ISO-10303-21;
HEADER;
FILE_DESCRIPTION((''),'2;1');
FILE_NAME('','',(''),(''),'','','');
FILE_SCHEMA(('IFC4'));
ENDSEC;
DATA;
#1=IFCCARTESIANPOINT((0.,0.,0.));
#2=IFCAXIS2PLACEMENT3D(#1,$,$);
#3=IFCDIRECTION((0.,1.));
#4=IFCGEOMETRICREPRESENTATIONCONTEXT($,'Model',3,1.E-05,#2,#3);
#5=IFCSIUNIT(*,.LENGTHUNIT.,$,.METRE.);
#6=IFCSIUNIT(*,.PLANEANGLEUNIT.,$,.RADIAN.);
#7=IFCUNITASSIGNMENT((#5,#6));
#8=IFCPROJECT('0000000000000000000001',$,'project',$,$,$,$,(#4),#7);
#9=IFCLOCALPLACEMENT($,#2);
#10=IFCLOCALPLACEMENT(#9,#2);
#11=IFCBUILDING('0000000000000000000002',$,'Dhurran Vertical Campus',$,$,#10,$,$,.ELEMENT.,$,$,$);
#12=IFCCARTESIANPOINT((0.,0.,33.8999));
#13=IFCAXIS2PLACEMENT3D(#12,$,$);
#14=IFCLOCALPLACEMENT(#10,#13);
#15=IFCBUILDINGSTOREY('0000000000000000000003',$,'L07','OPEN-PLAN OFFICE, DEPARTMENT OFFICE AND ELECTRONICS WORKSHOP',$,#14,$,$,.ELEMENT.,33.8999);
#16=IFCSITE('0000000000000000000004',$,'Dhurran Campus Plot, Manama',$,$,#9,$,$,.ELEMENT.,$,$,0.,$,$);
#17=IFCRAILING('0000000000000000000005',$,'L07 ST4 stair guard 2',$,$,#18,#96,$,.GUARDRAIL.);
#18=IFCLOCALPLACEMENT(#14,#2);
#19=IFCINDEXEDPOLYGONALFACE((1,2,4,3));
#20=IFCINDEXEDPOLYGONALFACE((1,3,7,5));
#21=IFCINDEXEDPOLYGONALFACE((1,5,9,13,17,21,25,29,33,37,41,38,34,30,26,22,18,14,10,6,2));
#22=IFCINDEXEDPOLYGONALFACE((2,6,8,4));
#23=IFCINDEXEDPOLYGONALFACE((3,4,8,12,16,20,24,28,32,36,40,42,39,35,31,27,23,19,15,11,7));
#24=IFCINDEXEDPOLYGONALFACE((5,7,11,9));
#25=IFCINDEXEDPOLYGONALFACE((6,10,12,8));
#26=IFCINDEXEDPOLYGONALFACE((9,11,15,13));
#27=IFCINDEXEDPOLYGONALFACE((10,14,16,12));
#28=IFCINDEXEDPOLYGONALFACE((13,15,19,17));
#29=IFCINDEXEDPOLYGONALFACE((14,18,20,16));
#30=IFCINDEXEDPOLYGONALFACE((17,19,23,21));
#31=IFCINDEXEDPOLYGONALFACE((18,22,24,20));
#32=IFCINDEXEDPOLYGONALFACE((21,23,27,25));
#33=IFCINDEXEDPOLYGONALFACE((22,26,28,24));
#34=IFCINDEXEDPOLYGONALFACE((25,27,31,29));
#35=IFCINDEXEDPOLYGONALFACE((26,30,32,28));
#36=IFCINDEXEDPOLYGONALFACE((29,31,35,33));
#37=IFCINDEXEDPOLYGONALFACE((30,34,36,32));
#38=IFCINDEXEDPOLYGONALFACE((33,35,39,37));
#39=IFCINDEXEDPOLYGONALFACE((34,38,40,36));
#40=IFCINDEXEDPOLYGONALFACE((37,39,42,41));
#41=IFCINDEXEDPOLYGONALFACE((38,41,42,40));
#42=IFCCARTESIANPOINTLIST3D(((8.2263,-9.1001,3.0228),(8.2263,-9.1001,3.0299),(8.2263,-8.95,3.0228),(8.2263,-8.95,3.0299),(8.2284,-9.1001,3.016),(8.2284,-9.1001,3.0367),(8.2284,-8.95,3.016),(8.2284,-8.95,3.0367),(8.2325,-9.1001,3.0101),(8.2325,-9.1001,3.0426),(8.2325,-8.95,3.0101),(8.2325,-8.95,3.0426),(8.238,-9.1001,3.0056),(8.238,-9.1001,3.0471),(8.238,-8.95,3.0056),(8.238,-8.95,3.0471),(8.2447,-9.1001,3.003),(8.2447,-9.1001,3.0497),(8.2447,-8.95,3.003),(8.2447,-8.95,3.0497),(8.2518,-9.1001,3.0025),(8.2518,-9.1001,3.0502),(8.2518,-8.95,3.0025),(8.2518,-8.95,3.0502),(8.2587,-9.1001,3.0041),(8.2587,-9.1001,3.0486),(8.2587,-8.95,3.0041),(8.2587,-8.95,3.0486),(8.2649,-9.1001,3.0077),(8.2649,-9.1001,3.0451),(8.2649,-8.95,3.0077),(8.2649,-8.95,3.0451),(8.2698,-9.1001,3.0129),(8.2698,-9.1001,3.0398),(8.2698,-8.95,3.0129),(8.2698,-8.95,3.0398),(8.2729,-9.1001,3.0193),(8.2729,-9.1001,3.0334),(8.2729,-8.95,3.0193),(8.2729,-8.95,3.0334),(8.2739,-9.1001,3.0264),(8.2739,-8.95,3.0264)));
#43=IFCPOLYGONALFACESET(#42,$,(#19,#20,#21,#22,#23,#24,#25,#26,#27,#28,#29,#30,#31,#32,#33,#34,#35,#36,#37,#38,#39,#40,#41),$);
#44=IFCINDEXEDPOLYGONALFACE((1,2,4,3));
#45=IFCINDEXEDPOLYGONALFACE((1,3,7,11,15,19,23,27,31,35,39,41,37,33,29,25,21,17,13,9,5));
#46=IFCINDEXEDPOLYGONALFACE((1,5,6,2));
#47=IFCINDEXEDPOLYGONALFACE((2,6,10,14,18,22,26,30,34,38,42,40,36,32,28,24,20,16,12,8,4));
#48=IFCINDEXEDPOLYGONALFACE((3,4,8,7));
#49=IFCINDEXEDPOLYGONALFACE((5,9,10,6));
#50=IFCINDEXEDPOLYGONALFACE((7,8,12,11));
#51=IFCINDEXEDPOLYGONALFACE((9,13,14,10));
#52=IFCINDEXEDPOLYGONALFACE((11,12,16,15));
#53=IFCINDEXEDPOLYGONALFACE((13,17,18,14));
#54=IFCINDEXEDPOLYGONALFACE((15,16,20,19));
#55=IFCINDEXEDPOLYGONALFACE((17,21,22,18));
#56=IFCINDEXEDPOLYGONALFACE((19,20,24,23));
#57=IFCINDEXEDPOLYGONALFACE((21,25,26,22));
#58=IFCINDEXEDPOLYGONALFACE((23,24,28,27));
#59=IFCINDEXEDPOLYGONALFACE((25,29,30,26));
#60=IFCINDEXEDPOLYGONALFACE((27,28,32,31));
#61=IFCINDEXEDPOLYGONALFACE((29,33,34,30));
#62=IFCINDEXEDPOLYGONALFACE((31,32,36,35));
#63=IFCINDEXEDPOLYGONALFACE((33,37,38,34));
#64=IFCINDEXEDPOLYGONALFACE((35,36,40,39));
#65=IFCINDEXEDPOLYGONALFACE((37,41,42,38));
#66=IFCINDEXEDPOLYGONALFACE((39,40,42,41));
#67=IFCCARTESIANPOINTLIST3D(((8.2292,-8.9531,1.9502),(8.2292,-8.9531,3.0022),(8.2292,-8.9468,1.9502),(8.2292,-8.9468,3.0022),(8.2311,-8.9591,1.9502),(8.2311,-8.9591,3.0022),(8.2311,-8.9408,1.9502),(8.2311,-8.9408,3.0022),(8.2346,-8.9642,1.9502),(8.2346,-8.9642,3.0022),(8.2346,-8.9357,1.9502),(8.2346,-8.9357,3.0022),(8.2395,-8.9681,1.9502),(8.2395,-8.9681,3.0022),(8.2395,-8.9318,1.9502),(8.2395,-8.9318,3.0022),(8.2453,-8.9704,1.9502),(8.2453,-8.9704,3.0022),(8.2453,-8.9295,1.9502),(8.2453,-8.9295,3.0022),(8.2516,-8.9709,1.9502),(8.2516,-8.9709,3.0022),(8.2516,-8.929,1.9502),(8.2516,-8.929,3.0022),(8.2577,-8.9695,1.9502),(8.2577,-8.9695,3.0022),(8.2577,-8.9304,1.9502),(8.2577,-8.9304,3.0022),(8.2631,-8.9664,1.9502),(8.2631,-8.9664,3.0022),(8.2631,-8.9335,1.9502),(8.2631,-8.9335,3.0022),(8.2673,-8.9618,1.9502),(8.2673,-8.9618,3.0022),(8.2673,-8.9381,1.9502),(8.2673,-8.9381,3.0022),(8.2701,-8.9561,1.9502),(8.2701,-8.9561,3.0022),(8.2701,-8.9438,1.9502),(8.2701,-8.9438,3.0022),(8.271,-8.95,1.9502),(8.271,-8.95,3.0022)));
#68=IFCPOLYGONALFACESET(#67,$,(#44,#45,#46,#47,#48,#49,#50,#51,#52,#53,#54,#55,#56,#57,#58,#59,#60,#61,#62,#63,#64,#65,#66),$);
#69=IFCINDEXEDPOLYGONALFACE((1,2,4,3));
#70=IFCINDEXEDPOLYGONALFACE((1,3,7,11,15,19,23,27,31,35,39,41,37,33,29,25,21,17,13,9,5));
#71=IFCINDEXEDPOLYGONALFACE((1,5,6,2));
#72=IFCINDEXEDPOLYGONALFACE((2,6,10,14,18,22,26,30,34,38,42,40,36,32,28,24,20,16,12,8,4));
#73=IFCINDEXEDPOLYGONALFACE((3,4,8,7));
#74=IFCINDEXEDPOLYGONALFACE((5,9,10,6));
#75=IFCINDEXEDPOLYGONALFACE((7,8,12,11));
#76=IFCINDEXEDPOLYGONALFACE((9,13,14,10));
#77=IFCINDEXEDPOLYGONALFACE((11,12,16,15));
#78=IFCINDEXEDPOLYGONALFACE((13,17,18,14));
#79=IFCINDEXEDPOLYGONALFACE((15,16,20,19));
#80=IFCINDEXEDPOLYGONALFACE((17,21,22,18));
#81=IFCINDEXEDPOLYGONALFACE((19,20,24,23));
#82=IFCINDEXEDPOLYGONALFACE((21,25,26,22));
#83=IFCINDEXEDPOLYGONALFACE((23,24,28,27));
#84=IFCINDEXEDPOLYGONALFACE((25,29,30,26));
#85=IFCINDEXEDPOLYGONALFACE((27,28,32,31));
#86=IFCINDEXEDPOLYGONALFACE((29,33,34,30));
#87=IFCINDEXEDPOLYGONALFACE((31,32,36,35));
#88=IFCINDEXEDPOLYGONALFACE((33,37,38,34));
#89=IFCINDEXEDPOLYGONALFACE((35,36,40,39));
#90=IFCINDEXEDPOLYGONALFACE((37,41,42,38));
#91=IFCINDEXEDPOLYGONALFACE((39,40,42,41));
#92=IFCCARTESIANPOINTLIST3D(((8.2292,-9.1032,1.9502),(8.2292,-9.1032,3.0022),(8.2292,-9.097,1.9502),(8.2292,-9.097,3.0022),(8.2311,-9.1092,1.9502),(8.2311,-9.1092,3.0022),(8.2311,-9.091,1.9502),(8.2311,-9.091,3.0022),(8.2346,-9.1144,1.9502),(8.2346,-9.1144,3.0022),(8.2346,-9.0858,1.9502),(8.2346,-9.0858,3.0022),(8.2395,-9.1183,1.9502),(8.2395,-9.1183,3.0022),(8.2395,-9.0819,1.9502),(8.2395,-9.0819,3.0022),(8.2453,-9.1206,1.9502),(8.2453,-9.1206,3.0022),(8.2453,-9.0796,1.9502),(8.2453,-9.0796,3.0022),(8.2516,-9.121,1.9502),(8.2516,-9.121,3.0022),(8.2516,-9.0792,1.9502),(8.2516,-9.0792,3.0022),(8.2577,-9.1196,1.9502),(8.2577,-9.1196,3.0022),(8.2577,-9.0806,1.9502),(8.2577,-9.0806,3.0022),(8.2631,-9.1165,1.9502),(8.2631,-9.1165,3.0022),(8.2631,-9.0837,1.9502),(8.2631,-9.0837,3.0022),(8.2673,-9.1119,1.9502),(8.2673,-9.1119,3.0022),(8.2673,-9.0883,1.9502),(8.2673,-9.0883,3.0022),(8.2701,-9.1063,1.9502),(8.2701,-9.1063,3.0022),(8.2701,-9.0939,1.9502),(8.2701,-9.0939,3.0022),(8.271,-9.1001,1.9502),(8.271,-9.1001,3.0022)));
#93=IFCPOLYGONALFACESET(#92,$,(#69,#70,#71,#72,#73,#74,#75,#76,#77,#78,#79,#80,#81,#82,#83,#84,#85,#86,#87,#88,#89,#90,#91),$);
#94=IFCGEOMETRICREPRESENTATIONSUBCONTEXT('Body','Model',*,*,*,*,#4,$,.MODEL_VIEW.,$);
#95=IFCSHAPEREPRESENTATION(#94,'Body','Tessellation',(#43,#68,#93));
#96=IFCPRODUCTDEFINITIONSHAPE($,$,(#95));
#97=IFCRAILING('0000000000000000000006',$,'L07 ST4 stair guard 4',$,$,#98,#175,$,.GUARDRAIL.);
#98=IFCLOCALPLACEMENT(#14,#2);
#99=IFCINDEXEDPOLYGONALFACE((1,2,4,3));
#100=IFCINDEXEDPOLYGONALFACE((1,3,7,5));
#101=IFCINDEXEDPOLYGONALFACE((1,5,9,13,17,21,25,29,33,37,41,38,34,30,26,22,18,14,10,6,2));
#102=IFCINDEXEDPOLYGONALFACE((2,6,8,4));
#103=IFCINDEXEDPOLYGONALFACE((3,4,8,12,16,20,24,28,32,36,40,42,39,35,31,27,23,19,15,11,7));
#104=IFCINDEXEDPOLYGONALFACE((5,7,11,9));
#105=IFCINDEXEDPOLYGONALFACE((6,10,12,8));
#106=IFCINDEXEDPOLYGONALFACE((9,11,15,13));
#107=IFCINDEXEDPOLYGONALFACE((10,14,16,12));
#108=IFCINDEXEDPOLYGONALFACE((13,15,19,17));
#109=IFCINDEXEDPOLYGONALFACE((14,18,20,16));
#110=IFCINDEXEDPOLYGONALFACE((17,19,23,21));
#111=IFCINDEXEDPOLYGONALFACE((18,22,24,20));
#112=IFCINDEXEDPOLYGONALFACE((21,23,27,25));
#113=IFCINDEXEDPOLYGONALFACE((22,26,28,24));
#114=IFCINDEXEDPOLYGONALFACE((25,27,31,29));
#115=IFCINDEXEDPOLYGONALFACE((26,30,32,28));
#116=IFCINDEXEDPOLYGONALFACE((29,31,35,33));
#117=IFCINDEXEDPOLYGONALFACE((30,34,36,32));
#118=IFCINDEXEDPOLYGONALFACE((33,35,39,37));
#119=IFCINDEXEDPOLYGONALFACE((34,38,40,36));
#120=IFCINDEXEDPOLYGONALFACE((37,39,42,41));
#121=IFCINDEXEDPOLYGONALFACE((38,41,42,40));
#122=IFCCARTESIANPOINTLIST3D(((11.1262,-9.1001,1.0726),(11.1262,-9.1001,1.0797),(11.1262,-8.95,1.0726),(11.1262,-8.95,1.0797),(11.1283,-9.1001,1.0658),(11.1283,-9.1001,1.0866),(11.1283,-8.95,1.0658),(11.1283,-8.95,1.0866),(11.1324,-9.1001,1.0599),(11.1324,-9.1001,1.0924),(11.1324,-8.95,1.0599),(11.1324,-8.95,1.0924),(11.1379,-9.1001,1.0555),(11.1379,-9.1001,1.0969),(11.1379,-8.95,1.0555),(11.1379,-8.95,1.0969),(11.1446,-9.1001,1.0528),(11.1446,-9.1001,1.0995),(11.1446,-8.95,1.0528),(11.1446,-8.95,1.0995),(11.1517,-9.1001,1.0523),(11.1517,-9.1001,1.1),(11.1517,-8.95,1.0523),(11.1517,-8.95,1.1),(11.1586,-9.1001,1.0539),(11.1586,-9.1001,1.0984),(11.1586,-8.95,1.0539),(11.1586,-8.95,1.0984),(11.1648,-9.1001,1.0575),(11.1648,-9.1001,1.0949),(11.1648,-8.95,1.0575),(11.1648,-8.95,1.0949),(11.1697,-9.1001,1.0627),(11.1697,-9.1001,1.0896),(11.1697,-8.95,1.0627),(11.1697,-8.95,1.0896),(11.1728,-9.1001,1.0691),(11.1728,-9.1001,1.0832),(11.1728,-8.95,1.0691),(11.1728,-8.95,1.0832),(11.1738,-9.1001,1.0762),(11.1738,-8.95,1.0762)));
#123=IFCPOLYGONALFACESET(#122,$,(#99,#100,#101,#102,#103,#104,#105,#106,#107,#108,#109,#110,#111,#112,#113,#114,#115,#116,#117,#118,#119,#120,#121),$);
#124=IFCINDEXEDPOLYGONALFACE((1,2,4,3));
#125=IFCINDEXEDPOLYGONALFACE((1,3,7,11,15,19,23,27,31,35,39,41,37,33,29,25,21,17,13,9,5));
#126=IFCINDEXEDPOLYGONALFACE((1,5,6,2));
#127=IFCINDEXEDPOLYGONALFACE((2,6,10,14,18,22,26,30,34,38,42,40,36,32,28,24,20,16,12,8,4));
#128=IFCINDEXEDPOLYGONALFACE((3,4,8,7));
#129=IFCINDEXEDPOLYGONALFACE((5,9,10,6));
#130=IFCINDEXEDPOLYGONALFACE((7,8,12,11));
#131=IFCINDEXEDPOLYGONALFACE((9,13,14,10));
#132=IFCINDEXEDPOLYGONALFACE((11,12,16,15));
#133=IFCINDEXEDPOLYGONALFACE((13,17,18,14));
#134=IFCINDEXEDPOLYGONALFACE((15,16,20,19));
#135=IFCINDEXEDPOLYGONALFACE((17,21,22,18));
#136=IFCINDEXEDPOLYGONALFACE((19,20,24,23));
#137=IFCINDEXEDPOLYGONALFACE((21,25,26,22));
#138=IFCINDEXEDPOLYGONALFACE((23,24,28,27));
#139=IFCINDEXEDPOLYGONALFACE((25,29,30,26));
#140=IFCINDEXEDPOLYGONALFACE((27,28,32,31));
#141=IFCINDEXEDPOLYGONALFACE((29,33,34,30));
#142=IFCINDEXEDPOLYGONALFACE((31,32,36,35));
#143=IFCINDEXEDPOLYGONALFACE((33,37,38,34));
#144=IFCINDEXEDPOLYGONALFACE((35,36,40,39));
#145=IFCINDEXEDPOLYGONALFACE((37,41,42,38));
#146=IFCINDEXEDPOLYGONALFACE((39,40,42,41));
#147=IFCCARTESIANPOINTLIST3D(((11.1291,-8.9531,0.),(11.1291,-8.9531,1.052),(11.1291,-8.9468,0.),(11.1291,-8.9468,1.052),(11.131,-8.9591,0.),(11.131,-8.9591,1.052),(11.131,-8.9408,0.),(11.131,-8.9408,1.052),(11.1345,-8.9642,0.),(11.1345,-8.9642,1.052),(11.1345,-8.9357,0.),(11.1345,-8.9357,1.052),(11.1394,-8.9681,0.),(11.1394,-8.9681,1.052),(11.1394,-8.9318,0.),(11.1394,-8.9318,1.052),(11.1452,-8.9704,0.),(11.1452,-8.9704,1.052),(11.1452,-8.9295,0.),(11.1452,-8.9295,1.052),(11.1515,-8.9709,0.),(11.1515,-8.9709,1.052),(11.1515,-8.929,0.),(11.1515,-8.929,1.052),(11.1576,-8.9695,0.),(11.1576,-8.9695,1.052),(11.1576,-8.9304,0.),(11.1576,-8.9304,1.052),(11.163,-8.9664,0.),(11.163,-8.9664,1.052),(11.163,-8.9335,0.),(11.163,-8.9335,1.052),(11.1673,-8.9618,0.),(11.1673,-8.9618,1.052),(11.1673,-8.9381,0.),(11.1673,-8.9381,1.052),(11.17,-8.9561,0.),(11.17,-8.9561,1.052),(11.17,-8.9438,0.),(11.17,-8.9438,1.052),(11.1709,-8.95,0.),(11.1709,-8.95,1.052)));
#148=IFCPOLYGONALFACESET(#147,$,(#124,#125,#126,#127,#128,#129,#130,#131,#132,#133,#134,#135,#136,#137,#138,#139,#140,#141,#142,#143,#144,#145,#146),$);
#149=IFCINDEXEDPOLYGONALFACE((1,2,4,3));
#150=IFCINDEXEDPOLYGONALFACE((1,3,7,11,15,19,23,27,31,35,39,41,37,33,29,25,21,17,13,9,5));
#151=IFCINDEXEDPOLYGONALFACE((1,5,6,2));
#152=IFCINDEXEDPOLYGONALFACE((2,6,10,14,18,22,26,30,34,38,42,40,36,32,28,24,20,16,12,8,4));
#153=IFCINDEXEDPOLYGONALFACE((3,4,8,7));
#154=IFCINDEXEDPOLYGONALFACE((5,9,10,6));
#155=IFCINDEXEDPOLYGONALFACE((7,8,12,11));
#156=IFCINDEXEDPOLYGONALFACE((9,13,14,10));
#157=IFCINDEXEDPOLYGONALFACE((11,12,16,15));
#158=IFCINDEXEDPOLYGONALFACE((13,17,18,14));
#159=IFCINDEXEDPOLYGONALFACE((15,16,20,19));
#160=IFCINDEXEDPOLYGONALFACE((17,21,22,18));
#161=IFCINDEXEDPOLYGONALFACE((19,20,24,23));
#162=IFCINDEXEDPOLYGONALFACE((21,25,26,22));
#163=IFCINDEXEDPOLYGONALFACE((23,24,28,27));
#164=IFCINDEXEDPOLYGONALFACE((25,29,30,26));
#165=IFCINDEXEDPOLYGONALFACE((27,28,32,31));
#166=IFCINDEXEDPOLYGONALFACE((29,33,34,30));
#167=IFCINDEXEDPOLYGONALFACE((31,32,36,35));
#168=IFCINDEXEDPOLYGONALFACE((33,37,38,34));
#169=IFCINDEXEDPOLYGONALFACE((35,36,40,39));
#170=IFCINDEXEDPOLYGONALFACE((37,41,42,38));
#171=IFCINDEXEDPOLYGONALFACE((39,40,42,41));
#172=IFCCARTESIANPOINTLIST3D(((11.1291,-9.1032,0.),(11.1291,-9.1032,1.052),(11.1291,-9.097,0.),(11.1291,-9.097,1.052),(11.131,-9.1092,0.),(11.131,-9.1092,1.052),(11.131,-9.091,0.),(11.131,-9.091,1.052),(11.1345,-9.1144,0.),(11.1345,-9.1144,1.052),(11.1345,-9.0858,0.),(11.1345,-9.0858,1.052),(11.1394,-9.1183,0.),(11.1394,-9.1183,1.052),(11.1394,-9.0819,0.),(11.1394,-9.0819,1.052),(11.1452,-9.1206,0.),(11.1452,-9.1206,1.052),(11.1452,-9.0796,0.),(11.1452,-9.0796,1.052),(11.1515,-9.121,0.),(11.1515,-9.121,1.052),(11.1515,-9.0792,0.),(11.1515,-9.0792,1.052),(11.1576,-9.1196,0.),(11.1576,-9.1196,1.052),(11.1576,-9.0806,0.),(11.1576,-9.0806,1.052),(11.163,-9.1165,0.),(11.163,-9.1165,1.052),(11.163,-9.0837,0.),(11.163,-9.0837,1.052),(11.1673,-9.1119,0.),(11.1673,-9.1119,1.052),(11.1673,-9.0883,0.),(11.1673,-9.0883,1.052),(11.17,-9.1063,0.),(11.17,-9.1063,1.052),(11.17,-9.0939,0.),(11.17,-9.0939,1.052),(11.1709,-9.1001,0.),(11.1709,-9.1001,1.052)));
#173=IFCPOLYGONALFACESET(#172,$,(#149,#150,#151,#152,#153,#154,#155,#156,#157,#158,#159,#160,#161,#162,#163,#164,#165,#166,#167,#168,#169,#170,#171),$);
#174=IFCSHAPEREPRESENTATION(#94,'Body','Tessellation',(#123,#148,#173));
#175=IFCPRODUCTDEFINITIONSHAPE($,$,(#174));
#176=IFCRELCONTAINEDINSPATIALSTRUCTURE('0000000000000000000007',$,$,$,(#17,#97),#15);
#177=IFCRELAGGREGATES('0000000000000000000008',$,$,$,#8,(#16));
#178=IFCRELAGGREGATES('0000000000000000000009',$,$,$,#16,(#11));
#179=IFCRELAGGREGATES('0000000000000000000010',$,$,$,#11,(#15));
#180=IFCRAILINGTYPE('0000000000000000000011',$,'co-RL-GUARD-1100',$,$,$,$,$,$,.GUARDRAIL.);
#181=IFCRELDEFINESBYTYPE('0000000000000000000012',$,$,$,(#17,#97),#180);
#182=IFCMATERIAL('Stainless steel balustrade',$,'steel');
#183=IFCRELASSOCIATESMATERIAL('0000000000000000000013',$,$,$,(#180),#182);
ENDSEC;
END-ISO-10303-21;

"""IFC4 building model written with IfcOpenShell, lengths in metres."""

from ifc_helpers import new_model, si_unit, direction, frame, origin, origin_2d, place, context, subcontext, project, spatial, circle, extrude, material, type_object, element, save


model = new_model("IFC4")

# Units and contexts
model_context = context("Model", 3, precision=1e-05, world=origin(), true_north=direction((0.0, 1.0)))
body_context = subcontext(model_context, "Body", "Model", "MODEL_VIEW")
ifc_project = project(units=[si_unit("LENGTHUNIT", "METRE"), si_unit("PLANEANGLEUNIT", "RADIAN")], contexts=[model_context])

# Site, building, storey
site_placement = place(None, origin())
site = spatial("IfcSite", under=ifc_project, at=site_placement, Name="Dhurran Campus Plot, Manama", CompositionType="ELEMENT", RefElevation=0.0)
building_placement = place(site_placement, origin())
building = spatial("IfcBuilding", under=site, at=building_placement, Name="Dhurran Vertical Campus", CompositionType="ELEMENT")
storey_placement = place(building_placement, frame((0.0, 0.0, 33.8999)))
storey = spatial("IfcBuildingStorey", under=building, at=storey_placement, Name="L07", Description="OPEN-PLAN OFFICE, DEPARTMENT OFFICE AND ELECTRONICS WORKSHOP", CompositionType="ELEMENT", Elevation=33.8999)

# Railings
ifc_material_1 = material(Name="Stainless steel balustrade", Category="steel")
railing_type_1 = type_object("IfcRailingType", Name="co-RL-GUARD-1100", PredefinedType="GUARDRAIL", material=ifc_material_1)
for number, where, name in (
    (1, (8.25, -8.95, 1.9502), "L07 ST4 stair guard 2"),
    (2, (11.1499, -8.95, 0.0), "L07 ST4 stair guard 4"),
):
    element("IfcRailing", number, at=place(storey_placement, frame(where)), inside=storey, type_object=railing_type_1, Name=name, PredefinedType="GUARDRAIL", context=body_context, shape_type="SweptSolid", body=[
        extrude(circle(Radius=0.0239, at=origin_2d()), frame((0.0, 0.0, 1.0762), z_axis=(0.0, -1.0, 0.0), x_axis=(1.0, 0.0, 0.0)), (0.0, 0.0, 1.0), 0.1501),
        extrude(circle(Radius=0.021, at=origin_2d()), origin(), (0.0, 0.0, 1.0), 1.052),
        extrude(circle(Radius=0.021, at=origin_2d()), frame((0.0, -0.1501, 0.0)), (0.0, 0.0, 1.0), 1.052),
    ])

save(model, "model.ifc")
